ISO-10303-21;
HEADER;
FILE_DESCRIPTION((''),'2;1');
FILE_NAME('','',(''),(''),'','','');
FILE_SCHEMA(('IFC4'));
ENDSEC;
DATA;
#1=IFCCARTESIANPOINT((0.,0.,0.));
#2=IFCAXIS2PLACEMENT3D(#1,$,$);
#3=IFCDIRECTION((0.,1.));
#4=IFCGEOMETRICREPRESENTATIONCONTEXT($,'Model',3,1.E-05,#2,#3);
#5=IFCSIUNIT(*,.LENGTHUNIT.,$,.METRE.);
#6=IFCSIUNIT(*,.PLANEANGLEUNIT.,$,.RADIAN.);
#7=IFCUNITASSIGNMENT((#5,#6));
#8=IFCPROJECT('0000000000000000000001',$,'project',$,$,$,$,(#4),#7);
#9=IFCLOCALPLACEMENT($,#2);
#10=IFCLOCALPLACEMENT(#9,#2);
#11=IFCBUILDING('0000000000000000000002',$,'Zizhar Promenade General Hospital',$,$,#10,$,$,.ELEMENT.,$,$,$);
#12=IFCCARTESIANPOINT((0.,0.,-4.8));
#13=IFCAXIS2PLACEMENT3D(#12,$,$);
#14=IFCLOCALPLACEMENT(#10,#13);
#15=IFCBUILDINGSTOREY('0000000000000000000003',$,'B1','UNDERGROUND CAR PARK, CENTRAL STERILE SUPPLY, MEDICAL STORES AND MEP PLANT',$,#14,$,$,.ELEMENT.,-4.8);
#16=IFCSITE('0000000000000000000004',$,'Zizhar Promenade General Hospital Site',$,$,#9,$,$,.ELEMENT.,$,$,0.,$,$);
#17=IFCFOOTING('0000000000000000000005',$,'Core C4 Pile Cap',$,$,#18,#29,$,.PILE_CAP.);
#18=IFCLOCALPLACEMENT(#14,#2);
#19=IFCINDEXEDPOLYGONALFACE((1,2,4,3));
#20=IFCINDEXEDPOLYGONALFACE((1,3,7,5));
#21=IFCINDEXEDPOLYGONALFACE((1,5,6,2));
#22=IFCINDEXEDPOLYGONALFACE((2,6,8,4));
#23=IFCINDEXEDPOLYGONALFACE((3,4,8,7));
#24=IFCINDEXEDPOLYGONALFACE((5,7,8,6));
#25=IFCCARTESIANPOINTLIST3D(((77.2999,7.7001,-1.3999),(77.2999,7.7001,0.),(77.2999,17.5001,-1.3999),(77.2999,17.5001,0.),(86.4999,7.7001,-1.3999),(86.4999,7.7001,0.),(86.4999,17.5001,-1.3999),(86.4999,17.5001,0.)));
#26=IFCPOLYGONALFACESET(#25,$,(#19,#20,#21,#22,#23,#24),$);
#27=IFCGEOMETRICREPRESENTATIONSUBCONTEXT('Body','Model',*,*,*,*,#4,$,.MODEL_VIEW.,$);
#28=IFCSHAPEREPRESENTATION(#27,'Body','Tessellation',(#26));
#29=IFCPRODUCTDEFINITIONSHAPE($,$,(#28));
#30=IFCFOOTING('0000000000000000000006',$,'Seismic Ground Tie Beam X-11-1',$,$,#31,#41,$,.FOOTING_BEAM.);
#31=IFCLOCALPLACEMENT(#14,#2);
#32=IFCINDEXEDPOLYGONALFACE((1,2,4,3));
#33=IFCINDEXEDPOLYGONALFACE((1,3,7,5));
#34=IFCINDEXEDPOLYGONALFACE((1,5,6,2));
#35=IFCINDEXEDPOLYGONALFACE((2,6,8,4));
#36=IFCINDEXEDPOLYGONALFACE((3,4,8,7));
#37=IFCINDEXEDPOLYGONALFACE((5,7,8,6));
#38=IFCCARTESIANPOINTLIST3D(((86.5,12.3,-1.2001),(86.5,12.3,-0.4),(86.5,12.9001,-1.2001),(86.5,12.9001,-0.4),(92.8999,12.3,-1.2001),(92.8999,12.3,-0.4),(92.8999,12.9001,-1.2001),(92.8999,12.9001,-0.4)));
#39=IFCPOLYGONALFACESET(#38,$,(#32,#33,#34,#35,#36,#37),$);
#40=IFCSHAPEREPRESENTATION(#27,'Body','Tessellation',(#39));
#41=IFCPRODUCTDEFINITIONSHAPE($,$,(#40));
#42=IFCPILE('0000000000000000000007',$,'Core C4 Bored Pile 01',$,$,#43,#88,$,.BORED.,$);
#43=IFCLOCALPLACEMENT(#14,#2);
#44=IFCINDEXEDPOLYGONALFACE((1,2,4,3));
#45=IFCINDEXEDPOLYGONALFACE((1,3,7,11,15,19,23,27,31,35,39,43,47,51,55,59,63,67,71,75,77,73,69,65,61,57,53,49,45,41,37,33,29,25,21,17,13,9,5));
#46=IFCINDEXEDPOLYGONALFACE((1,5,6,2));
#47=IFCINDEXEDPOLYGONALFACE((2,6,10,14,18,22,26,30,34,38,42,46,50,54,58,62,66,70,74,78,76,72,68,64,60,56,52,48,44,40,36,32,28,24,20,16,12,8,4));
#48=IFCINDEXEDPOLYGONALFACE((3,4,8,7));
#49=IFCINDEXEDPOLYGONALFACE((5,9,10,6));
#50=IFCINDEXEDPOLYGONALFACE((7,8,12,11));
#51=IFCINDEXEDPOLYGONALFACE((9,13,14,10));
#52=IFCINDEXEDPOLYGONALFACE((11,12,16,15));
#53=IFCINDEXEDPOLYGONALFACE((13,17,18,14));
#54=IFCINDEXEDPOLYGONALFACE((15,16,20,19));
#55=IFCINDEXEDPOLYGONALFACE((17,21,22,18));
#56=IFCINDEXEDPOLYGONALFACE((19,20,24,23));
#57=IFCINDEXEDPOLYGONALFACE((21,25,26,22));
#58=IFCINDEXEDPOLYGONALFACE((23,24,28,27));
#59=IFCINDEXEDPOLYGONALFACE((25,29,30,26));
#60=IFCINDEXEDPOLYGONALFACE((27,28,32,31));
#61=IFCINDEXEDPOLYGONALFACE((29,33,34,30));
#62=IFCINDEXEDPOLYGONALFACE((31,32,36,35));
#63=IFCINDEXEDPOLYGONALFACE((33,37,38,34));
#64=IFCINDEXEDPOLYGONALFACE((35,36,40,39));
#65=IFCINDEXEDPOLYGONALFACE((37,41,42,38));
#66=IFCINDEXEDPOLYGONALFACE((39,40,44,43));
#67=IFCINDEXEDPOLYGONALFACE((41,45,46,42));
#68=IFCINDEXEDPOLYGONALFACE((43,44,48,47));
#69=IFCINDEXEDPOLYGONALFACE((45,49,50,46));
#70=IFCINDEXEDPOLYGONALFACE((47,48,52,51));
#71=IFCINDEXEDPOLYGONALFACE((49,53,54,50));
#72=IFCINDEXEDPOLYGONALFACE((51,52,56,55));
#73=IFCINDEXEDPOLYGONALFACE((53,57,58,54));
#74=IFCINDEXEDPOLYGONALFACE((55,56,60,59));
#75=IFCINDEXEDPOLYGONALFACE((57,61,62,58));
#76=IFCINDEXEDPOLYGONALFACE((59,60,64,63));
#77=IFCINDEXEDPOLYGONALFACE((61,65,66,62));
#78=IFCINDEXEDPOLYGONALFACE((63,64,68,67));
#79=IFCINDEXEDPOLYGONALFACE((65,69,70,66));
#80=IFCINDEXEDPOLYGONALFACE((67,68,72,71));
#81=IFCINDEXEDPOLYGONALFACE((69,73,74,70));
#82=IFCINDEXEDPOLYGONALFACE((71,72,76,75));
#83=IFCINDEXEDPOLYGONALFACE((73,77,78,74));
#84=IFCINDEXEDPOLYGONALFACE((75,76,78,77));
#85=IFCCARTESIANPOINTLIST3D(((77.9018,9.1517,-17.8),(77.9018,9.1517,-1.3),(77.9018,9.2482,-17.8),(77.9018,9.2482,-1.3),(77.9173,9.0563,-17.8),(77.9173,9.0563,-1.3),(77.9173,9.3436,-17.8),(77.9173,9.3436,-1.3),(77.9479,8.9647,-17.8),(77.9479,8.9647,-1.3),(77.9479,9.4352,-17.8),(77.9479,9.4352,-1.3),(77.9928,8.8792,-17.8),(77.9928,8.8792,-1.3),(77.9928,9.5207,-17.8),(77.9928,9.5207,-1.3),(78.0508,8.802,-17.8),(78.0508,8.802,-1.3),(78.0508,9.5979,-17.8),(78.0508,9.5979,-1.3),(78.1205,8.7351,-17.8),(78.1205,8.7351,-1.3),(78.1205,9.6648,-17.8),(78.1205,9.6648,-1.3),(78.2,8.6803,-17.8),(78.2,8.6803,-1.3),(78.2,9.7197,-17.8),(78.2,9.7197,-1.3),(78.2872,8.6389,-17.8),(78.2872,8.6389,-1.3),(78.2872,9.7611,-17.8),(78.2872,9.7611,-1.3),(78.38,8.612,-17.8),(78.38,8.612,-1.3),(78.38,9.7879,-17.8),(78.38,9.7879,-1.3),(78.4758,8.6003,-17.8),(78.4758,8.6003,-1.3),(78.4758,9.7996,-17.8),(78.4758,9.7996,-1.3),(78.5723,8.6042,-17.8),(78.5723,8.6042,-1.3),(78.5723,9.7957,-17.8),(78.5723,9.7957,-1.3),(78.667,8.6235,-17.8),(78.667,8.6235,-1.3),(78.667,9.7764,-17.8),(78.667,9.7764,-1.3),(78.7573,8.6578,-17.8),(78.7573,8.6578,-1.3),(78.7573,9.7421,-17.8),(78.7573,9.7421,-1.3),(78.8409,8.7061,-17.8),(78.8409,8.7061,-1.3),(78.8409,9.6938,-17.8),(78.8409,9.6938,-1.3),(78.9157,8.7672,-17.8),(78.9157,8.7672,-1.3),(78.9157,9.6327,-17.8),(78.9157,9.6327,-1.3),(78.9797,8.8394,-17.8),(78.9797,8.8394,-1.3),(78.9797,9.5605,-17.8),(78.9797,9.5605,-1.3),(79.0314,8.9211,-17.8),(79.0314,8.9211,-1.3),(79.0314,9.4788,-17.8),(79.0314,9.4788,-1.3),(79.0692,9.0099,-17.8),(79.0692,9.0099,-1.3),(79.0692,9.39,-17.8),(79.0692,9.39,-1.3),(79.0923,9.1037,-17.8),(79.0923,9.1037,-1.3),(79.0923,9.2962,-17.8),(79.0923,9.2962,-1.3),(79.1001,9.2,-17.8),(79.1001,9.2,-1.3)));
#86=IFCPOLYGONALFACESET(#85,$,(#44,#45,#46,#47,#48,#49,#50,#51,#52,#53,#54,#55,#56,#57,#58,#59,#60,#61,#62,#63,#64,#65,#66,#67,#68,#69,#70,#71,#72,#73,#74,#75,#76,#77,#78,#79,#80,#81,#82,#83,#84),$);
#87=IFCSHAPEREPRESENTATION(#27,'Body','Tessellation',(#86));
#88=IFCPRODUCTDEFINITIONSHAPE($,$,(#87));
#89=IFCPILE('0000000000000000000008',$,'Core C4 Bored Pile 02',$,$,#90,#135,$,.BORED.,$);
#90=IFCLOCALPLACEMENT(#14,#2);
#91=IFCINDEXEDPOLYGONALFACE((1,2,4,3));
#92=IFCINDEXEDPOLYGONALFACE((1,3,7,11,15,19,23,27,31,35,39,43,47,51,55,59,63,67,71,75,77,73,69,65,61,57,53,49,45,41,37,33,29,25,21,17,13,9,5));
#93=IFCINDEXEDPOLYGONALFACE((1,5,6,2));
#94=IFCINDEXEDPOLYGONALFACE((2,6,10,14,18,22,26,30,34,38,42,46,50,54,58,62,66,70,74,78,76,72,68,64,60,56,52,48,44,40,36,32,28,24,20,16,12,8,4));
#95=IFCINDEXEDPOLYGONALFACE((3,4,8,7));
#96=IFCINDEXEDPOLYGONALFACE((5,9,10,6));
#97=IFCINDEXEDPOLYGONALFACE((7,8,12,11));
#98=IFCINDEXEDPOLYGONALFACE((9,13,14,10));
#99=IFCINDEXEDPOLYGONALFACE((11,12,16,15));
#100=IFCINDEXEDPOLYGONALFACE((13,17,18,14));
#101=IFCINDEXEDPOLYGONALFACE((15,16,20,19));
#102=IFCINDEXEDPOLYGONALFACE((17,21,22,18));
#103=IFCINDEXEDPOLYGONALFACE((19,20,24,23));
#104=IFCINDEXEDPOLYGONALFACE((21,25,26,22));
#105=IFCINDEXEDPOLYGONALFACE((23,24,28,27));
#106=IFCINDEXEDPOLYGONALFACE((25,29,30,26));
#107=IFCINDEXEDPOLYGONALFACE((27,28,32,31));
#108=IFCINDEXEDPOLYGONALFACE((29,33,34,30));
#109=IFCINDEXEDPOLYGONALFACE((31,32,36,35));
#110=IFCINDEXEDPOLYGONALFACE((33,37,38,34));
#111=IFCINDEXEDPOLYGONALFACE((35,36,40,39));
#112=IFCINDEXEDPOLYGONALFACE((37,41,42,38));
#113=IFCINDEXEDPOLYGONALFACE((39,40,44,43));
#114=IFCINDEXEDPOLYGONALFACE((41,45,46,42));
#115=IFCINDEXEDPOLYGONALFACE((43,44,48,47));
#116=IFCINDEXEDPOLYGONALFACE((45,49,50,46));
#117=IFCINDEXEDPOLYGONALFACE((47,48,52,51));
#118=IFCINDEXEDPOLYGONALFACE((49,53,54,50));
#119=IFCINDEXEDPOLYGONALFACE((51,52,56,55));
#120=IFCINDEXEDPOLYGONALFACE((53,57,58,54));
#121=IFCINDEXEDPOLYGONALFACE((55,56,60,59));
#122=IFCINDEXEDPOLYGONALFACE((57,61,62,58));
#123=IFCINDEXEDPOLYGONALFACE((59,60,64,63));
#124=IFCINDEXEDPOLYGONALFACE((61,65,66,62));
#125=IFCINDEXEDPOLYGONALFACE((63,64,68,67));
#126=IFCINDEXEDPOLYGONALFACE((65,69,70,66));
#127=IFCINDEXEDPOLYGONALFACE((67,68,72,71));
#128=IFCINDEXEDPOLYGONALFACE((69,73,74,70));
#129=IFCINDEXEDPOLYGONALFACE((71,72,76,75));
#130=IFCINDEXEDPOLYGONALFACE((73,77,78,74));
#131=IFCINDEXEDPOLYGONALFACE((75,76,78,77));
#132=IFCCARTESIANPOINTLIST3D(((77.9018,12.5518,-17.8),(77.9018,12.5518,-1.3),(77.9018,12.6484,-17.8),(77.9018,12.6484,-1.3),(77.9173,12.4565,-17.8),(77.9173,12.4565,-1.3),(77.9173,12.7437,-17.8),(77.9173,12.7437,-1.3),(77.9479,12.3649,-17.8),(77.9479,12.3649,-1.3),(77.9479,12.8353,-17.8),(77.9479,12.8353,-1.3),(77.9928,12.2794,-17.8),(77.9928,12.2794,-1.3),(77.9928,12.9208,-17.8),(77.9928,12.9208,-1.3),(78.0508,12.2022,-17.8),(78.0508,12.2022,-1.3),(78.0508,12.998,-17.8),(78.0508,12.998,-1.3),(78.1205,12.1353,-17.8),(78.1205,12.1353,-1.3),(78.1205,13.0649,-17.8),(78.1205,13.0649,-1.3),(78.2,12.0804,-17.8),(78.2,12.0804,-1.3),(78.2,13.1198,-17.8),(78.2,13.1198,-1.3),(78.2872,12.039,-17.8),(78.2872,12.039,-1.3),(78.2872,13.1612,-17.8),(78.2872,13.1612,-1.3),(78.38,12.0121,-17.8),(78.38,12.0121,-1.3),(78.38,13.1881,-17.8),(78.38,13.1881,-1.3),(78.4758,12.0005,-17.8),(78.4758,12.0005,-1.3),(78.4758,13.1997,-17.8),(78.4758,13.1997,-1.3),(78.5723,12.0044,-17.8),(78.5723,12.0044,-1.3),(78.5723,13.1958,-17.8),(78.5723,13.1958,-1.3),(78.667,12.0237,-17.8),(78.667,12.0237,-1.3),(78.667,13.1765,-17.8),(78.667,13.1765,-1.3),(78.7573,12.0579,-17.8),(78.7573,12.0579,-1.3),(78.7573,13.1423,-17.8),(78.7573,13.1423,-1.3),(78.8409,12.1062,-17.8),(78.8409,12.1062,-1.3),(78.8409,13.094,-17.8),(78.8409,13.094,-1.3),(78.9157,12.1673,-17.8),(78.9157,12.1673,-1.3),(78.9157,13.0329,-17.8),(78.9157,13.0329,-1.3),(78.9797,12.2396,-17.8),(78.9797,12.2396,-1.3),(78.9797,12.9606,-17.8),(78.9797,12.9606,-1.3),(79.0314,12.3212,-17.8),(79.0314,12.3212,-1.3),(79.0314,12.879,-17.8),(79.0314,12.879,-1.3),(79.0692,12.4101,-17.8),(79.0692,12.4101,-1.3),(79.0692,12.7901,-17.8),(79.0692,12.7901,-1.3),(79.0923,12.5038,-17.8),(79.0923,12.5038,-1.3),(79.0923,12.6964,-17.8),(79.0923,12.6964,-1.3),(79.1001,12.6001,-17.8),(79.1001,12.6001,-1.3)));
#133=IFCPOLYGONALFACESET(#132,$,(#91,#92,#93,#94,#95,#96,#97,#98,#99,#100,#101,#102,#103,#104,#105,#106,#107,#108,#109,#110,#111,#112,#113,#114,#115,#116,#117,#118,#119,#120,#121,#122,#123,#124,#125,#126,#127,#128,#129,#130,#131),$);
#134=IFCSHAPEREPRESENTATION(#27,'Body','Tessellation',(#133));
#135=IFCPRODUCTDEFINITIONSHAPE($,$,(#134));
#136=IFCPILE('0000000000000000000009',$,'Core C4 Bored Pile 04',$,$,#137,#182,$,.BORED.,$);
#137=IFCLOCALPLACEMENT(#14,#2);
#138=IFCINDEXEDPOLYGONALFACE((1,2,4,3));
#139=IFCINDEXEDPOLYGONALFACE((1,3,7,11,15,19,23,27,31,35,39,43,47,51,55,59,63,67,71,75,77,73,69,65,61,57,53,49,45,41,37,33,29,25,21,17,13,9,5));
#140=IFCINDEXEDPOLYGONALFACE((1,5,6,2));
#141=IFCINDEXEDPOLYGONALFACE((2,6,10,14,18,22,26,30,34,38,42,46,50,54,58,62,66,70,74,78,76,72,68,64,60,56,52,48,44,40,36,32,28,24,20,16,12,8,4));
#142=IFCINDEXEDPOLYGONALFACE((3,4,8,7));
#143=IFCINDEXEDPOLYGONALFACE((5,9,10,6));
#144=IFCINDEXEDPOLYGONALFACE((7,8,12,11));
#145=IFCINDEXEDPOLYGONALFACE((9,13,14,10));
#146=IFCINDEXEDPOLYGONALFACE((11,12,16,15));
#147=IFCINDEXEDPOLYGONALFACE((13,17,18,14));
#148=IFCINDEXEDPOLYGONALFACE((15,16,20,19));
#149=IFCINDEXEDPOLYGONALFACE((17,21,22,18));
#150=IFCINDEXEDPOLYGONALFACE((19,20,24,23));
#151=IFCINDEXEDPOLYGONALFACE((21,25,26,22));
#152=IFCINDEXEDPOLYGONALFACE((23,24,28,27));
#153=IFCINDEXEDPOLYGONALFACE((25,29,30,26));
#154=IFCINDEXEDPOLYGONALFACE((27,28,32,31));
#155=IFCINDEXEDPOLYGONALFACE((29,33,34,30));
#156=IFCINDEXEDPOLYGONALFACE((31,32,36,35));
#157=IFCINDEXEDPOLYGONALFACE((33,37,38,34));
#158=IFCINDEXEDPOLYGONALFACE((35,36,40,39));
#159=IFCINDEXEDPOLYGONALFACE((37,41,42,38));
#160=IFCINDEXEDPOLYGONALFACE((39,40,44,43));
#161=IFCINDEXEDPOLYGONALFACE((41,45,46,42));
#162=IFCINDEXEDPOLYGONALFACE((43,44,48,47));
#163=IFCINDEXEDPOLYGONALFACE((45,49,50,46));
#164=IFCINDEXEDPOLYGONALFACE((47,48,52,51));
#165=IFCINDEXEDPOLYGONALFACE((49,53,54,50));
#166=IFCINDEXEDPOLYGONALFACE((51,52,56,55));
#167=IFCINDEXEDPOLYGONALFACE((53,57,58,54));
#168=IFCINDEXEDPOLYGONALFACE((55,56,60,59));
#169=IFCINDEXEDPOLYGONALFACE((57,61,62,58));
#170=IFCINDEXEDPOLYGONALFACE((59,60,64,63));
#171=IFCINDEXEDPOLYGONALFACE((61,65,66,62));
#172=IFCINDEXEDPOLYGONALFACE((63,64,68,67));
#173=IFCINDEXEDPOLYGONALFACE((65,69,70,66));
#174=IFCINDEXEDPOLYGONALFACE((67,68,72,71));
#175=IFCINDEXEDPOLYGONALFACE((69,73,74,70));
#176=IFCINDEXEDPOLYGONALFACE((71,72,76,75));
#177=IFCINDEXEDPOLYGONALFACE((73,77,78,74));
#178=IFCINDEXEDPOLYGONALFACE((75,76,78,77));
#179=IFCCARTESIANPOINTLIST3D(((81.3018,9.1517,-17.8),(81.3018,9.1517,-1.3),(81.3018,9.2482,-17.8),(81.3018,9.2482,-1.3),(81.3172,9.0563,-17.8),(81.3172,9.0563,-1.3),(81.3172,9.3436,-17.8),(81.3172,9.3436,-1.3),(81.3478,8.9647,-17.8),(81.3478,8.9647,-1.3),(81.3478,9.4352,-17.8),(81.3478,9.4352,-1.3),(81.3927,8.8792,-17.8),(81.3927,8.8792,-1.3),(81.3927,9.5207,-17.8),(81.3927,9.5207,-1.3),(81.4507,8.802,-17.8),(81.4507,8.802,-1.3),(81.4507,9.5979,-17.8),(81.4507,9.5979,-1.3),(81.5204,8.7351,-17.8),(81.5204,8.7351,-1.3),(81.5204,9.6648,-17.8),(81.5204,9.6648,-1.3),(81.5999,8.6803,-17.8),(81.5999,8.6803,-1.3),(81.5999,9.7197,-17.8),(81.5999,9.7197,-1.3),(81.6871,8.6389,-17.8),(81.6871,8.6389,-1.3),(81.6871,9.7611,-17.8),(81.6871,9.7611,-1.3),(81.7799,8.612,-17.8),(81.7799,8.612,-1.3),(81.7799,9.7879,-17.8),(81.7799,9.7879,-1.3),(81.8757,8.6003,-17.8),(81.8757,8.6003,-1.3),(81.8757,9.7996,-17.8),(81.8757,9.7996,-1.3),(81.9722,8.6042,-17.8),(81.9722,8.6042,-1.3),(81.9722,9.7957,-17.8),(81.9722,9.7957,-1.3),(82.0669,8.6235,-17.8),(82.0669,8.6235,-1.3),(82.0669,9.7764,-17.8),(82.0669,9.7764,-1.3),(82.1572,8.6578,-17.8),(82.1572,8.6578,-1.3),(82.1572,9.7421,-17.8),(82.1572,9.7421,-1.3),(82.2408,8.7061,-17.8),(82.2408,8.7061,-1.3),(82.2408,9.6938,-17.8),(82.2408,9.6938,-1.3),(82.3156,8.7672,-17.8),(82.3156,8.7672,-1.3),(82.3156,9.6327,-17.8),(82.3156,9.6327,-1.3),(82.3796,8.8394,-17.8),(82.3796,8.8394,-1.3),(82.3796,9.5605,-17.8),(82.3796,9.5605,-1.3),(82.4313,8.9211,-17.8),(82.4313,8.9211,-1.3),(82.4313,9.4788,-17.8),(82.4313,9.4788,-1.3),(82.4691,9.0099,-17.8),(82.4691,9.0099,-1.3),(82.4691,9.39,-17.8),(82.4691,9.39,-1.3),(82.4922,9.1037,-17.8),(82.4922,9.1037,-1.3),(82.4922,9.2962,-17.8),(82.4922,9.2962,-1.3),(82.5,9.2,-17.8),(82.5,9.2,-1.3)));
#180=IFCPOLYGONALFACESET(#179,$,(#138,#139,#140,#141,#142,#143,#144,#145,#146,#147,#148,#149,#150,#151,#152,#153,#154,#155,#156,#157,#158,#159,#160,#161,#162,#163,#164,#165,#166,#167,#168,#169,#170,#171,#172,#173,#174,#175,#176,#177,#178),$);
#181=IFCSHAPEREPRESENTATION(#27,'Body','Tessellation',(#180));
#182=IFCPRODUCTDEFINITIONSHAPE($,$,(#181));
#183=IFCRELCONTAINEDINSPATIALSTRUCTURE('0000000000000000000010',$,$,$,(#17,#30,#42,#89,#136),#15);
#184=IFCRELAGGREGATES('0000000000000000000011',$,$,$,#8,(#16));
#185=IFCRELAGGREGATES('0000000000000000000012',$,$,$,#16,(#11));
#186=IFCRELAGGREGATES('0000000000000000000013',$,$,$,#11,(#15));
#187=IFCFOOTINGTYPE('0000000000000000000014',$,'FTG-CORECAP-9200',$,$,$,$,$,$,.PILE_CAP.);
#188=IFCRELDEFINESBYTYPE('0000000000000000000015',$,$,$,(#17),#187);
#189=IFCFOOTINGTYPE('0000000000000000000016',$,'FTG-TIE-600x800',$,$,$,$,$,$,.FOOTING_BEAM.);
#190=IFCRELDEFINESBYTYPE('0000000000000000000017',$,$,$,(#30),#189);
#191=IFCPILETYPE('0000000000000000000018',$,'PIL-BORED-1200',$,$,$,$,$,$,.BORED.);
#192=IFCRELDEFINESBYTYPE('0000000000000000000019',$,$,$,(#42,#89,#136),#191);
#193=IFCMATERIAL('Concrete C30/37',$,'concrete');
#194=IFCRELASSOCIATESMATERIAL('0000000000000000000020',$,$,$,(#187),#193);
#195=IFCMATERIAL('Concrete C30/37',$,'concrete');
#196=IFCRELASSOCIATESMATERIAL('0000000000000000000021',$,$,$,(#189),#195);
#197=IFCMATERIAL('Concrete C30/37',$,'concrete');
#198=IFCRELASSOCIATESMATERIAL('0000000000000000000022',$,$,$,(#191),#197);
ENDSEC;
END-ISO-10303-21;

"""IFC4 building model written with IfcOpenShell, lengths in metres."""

from ifc_helpers import new_model, si_unit, direction, frame, origin, origin_2d, place, context, subcontext, project, spatial, rectangle, circle, extrude, material, material_profile, profile_set, type_object, element, save


model = new_model("IFC4")

# Units and contexts
model_context = context("Model", 3, precision=1e-05, world=origin(), true_north=direction((0.0, 1.0)))
body_context = subcontext(model_context, "Body", "Model", "MODEL_VIEW")
ifc_project = project(units=[si_unit("LENGTHUNIT", "METRE"), si_unit("PLANEANGLEUNIT", "RADIAN")], contexts=[model_context])

# Site, building, storey
site_placement = place(None, origin())
site = spatial("IfcSite", under=ifc_project, at=site_placement, Name="Zizhar Promenade General Hospital Site", CompositionType="ELEMENT", RefElevation=0.0)
building_placement = place(site_placement, origin())
building = spatial("IfcBuilding", under=site, at=building_placement, Name="Zizhar Promenade General Hospital", CompositionType="ELEMENT")
storey_placement = place(building_placement, frame((0.0, 0.0, -4.8)))
storey = spatial("IfcBuildingStorey", under=building, at=storey_placement, Name="B1", Description="UNDERGROUND CAR PARK, CENTRAL STERILE SUPPLY, MEDICAL STORES AND MEP PLANT", CompositionType="ELEMENT", Elevation=-4.8)

# Footings
ifc_material_1 = material(Name="Concrete C30/37", Category="concrete")
footing_type_1 = type_object("IfcFootingType", Name="FTG-CORECAP-9200", PredefinedType="PILE_CAP", material=ifc_material_1)
footing_1_placement = place(storey_placement, frame((81.8999, 12.6001, -1.3999), z_axis=(0.0, 0.0, 1.0), x_axis=(1.0, 0.0, 0.0)))
element("IfcFooting", 1, at=footing_1_placement, inside=storey, type_object=footing_type_1, Name="Core C4 Pile Cap", PredefinedType="PILE_CAP", context=body_context, shape_type="SweptSolid", body=[
    extrude(rectangle(XDim=9.2, YDim=9.8, at=origin_2d()), origin(), (0.0, 0.0, 1.0), 1.3999),
])
ifc_material_2 = material(Name="Concrete C30/37", Category="concrete")
ifc_material_profile_1 = material_profile(ifc_material_2, rectangle(XDim=0.6001, YDim=0.8, at=origin_2d()))
ifc_profile_set_1 = profile_set([ifc_material_profile_1], Name="Concrete C30/37")
footing_type_2 = type_object("IfcFootingType", Name="FTG-TIE-600x800", PredefinedType="FOOTING_BEAM", material=ifc_profile_set_1)
footing_2_placement = place(storey_placement, frame((86.5, 12.6001, -0.8), z_axis=(1.0, 0.0, 0.0), x_axis=(0.0, 1.0, 0.0)))
element("IfcFooting", 2, at=footing_2_placement, inside=storey, type_object=footing_type_2, Name="Seismic Ground Tie Beam X-11-1", PredefinedType="FOOTING_BEAM", context=body_context, shape_type="SweptSolid", body=[
    extrude(rectangle(XDim=0.6001, YDim=0.8, at=origin_2d()), origin(), (0.0, 0.0, 1.0), 6.3999),
])

# Piles
ifc_material_3 = material(Name="Concrete C30/37", Category="concrete")
ifc_material_profile_2 = material_profile(ifc_material_3, circle(Radius=0.6001, at=origin_2d()))
ifc_profile_set_2 = profile_set([ifc_material_profile_2], Name="Concrete C30/37")
pile_type = type_object("IfcPileType", Name="PIL-BORED-1200", PredefinedType="BORED", material=ifc_profile_set_2)
for number, where, z_axis, x_axis, name in (
    (3, (78.5, 9.2, -1.3), (0.0, 0.0, -1.0), (1.0, 0.0, 0.0), "Core C4 Bored Pile 01"),
    (4, (78.5, 12.6001, -1.3), (0.0, 0.0, -1.0), (1.0, 0.0, 0.0), "Core C4 Bored Pile 02"),
    (5, (81.8999, 9.2, -1.3), (0.0, 0.0, -1.0), (1.0, 0.0, 0.0), "Core C4 Bored Pile 04"),
):
    element("IfcPile", number, at=place(storey_placement, frame(where, z_axis=z_axis, x_axis=x_axis)), inside=storey, type_object=pile_type, Name=name, PredefinedType="BORED", context=body_context, shape_type="SweptSolid", body=[
        extrude(circle(Radius=0.6001, at=origin_2d()), origin(), (0.0, 0.0, 1.0), 16.5),
    ])

save(model, "model.ifc")
